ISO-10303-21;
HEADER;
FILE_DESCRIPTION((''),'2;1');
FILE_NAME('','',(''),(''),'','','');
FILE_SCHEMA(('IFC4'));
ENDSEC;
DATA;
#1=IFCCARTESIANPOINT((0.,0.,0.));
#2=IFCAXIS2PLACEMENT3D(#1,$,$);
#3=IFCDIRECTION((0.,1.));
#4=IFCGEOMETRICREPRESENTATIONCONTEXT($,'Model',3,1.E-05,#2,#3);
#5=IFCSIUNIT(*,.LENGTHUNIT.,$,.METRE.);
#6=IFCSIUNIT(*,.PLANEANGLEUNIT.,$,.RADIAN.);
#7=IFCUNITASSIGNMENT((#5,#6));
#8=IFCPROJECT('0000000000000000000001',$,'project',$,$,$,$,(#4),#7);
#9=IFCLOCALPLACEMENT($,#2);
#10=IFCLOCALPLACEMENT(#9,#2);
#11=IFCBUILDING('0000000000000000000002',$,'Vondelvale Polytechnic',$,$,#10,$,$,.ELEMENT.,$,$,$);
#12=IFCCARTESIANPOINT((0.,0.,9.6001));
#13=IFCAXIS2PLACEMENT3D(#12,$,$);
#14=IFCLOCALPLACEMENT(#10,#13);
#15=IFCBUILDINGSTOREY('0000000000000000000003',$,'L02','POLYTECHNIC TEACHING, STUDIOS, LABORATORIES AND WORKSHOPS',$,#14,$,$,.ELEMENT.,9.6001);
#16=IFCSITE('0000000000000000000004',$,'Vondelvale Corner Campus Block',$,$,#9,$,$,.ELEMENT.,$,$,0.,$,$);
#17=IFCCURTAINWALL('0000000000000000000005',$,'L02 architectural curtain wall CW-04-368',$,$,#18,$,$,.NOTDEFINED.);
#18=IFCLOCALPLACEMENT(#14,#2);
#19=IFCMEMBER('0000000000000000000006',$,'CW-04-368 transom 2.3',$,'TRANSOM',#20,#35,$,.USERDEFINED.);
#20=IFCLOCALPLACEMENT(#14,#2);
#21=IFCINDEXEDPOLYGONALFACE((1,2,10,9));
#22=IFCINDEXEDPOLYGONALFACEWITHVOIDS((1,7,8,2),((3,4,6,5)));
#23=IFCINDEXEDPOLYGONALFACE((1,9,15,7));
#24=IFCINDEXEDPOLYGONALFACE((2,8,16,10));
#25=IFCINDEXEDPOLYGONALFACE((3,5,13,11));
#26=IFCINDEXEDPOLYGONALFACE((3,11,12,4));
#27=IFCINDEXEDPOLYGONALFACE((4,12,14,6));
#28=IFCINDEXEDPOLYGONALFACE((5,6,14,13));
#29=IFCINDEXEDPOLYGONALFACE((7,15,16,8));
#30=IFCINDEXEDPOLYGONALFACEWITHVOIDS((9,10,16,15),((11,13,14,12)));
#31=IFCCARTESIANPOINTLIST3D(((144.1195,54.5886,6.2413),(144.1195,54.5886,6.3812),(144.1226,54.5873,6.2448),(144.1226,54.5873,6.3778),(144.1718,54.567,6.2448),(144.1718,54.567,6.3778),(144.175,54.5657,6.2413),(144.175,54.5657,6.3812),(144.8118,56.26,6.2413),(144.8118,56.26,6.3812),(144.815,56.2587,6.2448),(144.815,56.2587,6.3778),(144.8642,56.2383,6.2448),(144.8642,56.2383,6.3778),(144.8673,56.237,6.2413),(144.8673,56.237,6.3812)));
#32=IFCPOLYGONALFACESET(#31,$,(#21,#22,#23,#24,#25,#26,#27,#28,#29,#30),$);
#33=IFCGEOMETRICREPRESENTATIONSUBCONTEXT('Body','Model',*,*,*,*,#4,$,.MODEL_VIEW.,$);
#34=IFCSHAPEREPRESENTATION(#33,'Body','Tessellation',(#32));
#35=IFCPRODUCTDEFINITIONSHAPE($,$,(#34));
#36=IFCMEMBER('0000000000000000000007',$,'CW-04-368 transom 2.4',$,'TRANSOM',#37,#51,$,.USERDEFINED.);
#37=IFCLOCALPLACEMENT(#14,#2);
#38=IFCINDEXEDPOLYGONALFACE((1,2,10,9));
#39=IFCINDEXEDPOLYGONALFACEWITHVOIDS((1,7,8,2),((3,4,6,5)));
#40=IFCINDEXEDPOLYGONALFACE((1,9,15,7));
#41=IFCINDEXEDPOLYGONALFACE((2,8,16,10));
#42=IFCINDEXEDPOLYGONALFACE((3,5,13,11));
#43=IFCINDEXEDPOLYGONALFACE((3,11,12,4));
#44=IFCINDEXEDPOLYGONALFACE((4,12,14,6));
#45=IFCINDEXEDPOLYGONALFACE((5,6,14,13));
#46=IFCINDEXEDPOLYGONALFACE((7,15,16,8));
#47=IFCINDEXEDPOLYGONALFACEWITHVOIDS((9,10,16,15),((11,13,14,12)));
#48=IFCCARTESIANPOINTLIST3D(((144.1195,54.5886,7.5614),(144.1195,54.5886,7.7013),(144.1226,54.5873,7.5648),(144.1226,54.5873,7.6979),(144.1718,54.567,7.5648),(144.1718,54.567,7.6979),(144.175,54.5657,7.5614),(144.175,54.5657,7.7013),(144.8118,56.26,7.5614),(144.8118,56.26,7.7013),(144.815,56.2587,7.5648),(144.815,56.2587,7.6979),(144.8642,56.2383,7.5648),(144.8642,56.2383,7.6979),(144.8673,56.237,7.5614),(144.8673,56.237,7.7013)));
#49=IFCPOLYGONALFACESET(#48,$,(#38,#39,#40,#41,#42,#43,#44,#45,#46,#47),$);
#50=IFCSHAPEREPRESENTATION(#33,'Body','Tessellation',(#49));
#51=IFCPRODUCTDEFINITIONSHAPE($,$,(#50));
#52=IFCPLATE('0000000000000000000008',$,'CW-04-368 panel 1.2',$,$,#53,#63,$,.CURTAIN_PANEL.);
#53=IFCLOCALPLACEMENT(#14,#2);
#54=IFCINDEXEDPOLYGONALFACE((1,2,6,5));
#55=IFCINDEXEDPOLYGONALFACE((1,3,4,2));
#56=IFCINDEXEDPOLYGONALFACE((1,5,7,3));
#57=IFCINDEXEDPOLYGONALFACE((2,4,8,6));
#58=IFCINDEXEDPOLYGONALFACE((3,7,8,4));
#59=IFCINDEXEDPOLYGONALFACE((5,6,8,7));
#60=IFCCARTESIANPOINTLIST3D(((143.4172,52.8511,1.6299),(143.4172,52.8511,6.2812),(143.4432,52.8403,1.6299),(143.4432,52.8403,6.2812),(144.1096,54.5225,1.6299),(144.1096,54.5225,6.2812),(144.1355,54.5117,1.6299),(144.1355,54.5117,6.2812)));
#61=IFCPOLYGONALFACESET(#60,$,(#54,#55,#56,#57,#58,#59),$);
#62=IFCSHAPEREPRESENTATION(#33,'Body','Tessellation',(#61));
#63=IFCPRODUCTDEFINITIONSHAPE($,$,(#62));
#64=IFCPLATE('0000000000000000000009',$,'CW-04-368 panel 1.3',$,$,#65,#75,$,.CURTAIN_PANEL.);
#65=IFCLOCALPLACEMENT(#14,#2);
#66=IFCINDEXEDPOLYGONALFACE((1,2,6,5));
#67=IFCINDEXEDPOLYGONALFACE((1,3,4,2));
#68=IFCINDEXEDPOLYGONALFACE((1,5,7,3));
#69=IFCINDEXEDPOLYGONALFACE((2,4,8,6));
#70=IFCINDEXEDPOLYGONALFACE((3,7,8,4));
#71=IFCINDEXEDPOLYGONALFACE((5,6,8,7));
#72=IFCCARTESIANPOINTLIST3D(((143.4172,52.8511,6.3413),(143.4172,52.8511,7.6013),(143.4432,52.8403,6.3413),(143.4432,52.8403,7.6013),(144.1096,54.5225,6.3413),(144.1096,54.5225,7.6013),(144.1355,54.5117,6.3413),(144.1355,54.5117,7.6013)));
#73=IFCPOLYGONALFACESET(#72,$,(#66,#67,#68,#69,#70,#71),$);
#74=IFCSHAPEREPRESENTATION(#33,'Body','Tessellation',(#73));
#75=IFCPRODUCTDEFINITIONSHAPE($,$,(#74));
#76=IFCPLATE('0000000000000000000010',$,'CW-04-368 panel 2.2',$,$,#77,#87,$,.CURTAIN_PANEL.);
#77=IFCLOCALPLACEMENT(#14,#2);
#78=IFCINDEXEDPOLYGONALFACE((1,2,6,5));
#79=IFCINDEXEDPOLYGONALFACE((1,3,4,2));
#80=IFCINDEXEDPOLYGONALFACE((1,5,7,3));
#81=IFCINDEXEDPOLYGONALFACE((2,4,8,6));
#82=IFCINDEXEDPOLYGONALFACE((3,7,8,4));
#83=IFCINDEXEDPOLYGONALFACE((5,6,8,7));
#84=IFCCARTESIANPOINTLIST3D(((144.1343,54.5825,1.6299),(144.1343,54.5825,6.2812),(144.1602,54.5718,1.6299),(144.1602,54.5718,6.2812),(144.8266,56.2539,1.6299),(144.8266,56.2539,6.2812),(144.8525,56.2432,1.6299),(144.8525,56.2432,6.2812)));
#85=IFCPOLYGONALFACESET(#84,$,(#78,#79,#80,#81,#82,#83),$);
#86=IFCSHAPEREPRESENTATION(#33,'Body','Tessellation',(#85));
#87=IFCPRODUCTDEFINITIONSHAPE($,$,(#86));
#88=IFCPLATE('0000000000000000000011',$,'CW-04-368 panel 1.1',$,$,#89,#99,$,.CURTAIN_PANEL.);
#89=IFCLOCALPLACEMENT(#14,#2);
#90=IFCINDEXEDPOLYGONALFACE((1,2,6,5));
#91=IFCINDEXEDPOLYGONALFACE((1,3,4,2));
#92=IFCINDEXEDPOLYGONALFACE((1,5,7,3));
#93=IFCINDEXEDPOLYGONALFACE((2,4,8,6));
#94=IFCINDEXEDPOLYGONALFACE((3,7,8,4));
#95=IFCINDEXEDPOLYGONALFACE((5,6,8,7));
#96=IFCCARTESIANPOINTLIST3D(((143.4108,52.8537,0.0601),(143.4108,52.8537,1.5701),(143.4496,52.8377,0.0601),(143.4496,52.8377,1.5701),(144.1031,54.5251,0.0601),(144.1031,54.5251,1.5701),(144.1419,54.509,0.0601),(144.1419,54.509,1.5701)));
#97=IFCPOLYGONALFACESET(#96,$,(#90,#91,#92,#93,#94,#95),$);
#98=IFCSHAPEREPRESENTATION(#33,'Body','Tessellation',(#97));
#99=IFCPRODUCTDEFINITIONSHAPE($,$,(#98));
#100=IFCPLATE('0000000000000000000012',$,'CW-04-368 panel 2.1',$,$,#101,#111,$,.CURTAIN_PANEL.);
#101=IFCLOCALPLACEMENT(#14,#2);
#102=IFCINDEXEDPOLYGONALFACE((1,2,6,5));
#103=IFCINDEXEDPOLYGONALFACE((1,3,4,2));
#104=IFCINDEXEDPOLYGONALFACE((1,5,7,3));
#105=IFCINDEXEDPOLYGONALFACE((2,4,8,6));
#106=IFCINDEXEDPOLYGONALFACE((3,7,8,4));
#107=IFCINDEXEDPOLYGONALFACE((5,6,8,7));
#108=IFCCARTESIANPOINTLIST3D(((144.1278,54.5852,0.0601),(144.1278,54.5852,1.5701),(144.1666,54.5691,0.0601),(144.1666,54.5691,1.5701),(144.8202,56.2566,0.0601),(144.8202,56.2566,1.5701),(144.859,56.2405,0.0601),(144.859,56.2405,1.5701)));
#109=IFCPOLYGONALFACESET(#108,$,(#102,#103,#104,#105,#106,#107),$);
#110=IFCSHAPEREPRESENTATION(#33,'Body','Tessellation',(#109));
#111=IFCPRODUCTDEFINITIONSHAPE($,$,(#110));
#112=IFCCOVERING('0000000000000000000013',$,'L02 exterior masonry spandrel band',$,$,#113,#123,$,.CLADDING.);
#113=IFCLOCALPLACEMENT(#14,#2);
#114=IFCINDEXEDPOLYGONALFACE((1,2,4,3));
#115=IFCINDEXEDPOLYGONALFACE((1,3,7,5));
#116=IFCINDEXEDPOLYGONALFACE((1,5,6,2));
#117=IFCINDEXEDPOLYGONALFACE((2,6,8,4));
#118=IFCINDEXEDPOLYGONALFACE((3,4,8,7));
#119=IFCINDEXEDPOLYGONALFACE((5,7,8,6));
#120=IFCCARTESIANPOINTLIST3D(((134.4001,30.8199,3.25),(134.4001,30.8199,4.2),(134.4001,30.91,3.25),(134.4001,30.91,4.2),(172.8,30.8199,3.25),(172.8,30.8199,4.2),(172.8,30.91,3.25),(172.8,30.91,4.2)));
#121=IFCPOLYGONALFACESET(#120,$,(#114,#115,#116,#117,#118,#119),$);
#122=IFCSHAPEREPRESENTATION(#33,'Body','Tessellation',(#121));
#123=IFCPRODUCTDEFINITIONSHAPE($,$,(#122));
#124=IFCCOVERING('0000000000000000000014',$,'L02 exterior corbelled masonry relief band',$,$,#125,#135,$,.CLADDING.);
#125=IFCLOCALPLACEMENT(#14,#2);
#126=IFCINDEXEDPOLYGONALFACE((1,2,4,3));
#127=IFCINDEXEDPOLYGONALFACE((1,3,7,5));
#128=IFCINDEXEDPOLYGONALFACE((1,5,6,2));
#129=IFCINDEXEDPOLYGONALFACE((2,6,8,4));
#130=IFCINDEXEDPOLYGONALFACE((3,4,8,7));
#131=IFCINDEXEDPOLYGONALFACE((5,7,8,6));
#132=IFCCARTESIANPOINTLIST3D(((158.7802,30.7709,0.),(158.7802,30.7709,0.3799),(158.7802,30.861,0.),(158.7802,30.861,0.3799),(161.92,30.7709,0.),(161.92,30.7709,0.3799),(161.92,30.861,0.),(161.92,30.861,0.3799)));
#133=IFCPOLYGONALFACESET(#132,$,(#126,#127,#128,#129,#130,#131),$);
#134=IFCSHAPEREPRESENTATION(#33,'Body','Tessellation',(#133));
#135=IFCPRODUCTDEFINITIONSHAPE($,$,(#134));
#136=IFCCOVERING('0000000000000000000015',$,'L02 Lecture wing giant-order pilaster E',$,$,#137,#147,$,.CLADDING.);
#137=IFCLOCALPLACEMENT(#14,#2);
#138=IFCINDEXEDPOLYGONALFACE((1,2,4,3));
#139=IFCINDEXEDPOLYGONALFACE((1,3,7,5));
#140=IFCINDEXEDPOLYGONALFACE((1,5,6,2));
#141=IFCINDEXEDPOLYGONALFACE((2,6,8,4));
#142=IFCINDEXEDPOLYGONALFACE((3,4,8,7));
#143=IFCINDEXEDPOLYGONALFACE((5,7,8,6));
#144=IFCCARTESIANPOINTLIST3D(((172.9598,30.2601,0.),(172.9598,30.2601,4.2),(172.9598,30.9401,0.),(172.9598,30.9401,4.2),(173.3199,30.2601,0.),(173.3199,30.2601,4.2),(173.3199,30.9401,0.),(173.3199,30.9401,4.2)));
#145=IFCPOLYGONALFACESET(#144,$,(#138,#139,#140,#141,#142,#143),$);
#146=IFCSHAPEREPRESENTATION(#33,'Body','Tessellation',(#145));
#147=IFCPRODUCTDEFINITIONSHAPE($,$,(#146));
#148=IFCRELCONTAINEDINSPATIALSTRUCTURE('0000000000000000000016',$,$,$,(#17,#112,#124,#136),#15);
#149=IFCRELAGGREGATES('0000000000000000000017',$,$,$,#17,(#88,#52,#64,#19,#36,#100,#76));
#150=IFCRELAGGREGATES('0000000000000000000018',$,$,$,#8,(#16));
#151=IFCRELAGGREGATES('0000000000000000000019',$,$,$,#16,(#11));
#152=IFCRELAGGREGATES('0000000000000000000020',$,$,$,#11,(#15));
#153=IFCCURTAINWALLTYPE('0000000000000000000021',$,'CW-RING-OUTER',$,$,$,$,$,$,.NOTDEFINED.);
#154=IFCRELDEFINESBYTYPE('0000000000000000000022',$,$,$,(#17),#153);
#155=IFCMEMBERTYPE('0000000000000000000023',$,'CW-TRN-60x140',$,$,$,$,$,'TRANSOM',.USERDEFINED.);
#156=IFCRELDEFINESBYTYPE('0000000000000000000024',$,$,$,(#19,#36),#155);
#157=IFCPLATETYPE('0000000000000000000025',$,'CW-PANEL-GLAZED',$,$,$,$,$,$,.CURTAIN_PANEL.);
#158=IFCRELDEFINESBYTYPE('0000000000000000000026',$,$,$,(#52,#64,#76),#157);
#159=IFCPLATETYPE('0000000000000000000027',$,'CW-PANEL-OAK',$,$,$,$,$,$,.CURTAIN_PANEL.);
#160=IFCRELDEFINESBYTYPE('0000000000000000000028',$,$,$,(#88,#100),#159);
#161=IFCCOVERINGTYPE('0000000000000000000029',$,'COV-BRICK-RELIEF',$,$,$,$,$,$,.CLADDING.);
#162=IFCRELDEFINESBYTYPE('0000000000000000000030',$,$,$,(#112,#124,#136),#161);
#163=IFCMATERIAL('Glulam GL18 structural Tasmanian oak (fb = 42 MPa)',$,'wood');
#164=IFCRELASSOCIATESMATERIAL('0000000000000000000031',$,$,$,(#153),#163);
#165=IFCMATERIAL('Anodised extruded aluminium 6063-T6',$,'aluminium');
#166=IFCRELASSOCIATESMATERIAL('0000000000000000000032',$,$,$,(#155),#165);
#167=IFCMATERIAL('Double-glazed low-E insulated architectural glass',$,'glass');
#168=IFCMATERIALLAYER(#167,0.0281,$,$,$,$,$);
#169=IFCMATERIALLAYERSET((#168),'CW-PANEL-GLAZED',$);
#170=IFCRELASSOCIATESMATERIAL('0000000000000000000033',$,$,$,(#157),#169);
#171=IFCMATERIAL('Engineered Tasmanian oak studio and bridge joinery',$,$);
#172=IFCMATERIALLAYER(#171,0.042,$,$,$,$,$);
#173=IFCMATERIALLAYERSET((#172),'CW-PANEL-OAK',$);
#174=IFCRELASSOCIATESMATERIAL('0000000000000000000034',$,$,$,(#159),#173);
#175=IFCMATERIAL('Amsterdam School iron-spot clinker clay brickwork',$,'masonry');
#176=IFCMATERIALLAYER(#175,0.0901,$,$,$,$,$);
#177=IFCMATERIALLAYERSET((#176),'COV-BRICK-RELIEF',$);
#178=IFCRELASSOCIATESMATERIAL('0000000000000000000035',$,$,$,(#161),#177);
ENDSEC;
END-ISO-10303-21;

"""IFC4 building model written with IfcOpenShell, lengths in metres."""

from ifc_helpers import new_model, si_unit, direction, frame, origin, origin_2d, place, context, subcontext, project, spatial, rectangle, hollow_rectangle, extrude, material, layer, layer_set, material_profile, profile_set, type_object, element, aggregate, save


model = new_model("IFC4")

# Units and contexts
model_context = context("Model", 3, precision=1e-05, world=origin(), true_north=direction((0.0, 1.0)))
body_context = subcontext(model_context, "Body", "Model", "MODEL_VIEW")
ifc_project = project(units=[si_unit("LENGTHUNIT", "METRE"), si_unit("PLANEANGLEUNIT", "RADIAN")], contexts=[model_context])

# Site, building, storey
site_placement = place(None, origin())
site = spatial("IfcSite", under=ifc_project, at=site_placement, Name="Vondelvale Corner Campus Block", CompositionType="ELEMENT", RefElevation=0.0)
building_placement = place(site_placement, origin())
building = spatial("IfcBuilding", under=site, at=building_placement, Name="Vondelvale Polytechnic", CompositionType="ELEMENT")
storey_placement = place(building_placement, frame((0.0, 0.0, 9.6001)))
storey = spatial("IfcBuildingStorey", under=building, at=storey_placement, Name="L02", Description="POLYTECHNIC TEACHING, STUDIOS, LABORATORIES AND WORKSHOPS", CompositionType="ELEMENT", Elevation=9.6001)

# Shared definitions
ifc_material_1 = material(Name="Anodised extruded aluminium 6063-T6", Category="aluminium")

# Curtain wall, members, plates
ifc_material_2 = material(Name="Glulam GL18 structural Tasmanian oak (fb = 42 MPa)", Category="wood")
curtain_wall_type_1 = type_object("IfcCurtainWallType", Name="CW-RING-OUTER", PredefinedType="NOTDEFINED", material=ifc_material_2)
curtain_wall_1_placement = place(storey_placement, origin())
curtain_wall_1 = element("IfcCurtainWall", 1, at=curtain_wall_1_placement, inside=storey, type_object=curtain_wall_type_1, Name="L02 architectural curtain wall CW-04-368", PredefinedType="NOTDEFINED")
ifc_material_profile_1 = material_profile(ifc_material_1, hollow_rectangle(XDim=0.0601, YDim=0.1399, WallThickness=0.0034, at=origin_2d()), Name="CW-TRN-140x60")
ifc_profile_set_1 = profile_set([ifc_material_profile_1], Name="Anodised extruded aluminium 6063-T6")
member_type_1 = type_object("IfcMemberType", Name="CW-TRN-60x140", ElementType="TRANSOM", PredefinedType="USERDEFINED", material=ifc_profile_set_1)
member_1_placement = place(storey_placement, frame((144.1472, 54.5771, 6.3113), z_axis=(0.382717, 0.923866, 0.0), x_axis=(-0.923866, 0.382717, 0.0)))
member_1 = element("IfcMember", 2, at=member_1_placement, type_object=member_type_1, Name="CW-04-368 transom 2.3", ObjectType="TRANSOM", PredefinedType="USERDEFINED", context=body_context, shape_type="SweptSolid", body=[
    extrude(hollow_rectangle(XDim=0.0601, YDim=0.1399, WallThickness=0.0034, at=origin_2d()), origin(), (0.0, 0.0, 1.0), 1.8091),
])
member_2_placement = place(storey_placement, frame((144.1472, 54.5771, 7.6313), z_axis=(0.382717, 0.923866, 0.0), x_axis=(-0.923866, 0.382717, 0.0)))
member_2 = element("IfcMember", 3, at=member_2_placement, type_object=member_type_1, Name="CW-04-368 transom 2.4", ObjectType="TRANSOM", PredefinedType="USERDEFINED", context=body_context, shape_type="SweptSolid", body=[
    extrude(hollow_rectangle(XDim=0.0601, YDim=0.1399, WallThickness=0.0034, at=origin_2d()), origin(), (0.0, 0.0, 1.0), 1.8091),
])
ifc_material_3 = material(Name="Double-glazed low-E insulated architectural glass", Category="glass")
ifc_layer_1 = layer(ifc_material_3, 0.0281)
ifc_layer_set_1 = layer_set([ifc_layer_1], Name="CW-PANEL-GLAZED")
plate_type_1 = type_object("IfcPlateType", Name="CW-PANEL-GLAZED", PredefinedType="CURTAIN_PANEL", material=ifc_layer_set_1)
plate_1_placement = place(storey_placement, frame((143.7764, 53.6814, 1.6299), z_axis=(0.0, 0.0, 1.0), x_axis=(0.382695, 0.923875, 0.0)))
plate_1 = element("IfcPlate", 4, at=plate_1_placement, type_object=plate_type_1, Name="CW-04-368 panel 1.2", PredefinedType="CURTAIN_PANEL", context=body_context, shape_type="SweptSolid", body=[
    extrude(rectangle(XDim=1.8091, YDim=0.0281, at=origin_2d()), origin(), (0.0, 0.0, 1.0), 4.6514),
])
plate_2_placement = place(storey_placement, frame((143.7764, 53.6814, 6.3413), z_axis=(0.0, 0.0, 1.0), x_axis=(0.382695, 0.923875, 0.0)))
plate_2 = element("IfcPlate", 5, at=plate_2_placement, type_object=plate_type_1, Name="CW-04-368 panel 1.3", PredefinedType="CURTAIN_PANEL", context=body_context, shape_type="SweptSolid", body=[
    extrude(rectangle(XDim=1.8091, YDim=0.0281, at=origin_2d()), origin(), (0.0, 0.0, 1.0), 1.26),
])
plate_3_placement = place(storey_placement, frame((144.4934, 55.4128, 1.6299), z_axis=(0.0, 0.0, 1.0), x_axis=(0.382695, 0.923875, 0.0)))
plate_3 = element("IfcPlate", 6, at=plate_3_placement, type_object=plate_type_1, Name="CW-04-368 panel 2.2", PredefinedType="CURTAIN_PANEL", context=body_context, shape_type="SweptSolid", body=[
    extrude(rectangle(XDim=1.8091, YDim=0.0281, at=origin_2d()), origin(), (0.0, 0.0, 1.0), 4.6514),
])
ifc_material_4 = material(Name="Engineered Tasmanian oak studio and bridge joinery")
ifc_layer_2 = layer(ifc_material_4, 0.042)
ifc_layer_set_2 = layer_set([ifc_layer_2], Name="CW-PANEL-OAK")
plate_type_2 = type_object("IfcPlateType", Name="CW-PANEL-OAK", PredefinedType="CURTAIN_PANEL", material=ifc_layer_set_2)
plate_4_placement = place(storey_placement, frame((143.7764, 53.6814, 0.0601), z_axis=(0.0, 0.0, 1.0), x_axis=(0.382695, 0.923875, 0.0)))
plate_4 = element("IfcPlate", 7, at=plate_4_placement, type_object=plate_type_2, Name="CW-04-368 panel 1.1", PredefinedType="CURTAIN_PANEL", context=body_context, shape_type="SweptSolid", body=[
    extrude(rectangle(XDim=1.8091, YDim=0.042, at=origin_2d()), origin(), (0.0, 0.0, 1.0), 1.51),
])
plate_5_placement = place(storey_placement, frame((144.4934, 55.4128, 0.0601), z_axis=(0.0, 0.0, 1.0), x_axis=(0.382695, 0.923875, 0.0)))
plate_5 = element("IfcPlate", 8, at=plate_5_placement, type_object=plate_type_2, Name="CW-04-368 panel 2.1", PredefinedType="CURTAIN_PANEL", context=body_context, shape_type="SweptSolid", body=[
    extrude(rectangle(XDim=1.8091, YDim=0.042, at=origin_2d()), origin(), (0.0, 0.0, 1.0), 1.51),
])
aggregate(curtain_wall_1, [plate_4, plate_1, plate_2, member_1, member_2, plate_5, plate_3])

# Coverings
ifc_material_5 = material(Name="Amsterdam School iron-spot clinker clay brickwork", Category="masonry")
ifc_layer_3 = layer(ifc_material_5, 0.0901)
ifc_layer_set_3 = layer_set([ifc_layer_3], Name="COV-BRICK-RELIEF")
covering_type = type_object("IfcCoveringType", Name="COV-BRICK-RELIEF", PredefinedType="CLADDING", material=ifc_layer_set_3)
covering_1_placement = place(storey_placement, frame((153.6001, 30.865, 3.25), z_axis=(0.0, 0.0, 1.0), x_axis=(1.0, 0.0, 0.0)))
element("IfcCovering", 9, at=covering_1_placement, inside=storey, type_object=covering_type, Name="L02 exterior masonry spandrel band", PredefinedType="CLADDING", context=body_context, shape_type="SweptSolid", body=[
    extrude(rectangle(XDim=38.3999, YDim=0.0901, at=origin_2d()), origin(), (0.0, 0.0, 1.0), 0.95),
])
covering_2_placement = place(storey_placement, frame((160.3501, 30.8159, 0.0), z_axis=(0.0, 0.0, 1.0), x_axis=(1.0, 0.0, 0.0)))
element("IfcCovering", 10, at=covering_2_placement, inside=storey, type_object=covering_type, Name="L02 exterior corbelled masonry relief band", PredefinedType="CLADDING", context=body_context, shape_type="SweptSolid", body=[
    extrude(rectangle(XDim=3.1399, YDim=0.0901, at=origin_2d()), origin(), (0.0, 0.0, 1.0), 0.3799),
])
covering_3_placement = place(storey_placement, frame((173.1399, 30.6001, 0.0), z_axis=(0.0, 0.0, 1.0), x_axis=(1.0, 0.0, 0.0)))
element("IfcCovering", 11, at=covering_3_placement, inside=storey, type_object=covering_type, Name="L02 Lecture wing giant-order pilaster E", PredefinedType="CLADDING", context=body_context, shape_type="SweptSolid", body=[
    extrude(rectangle(XDim=0.3601, YDim=0.6799, at=origin_2d()), origin(), (0.0, 0.0, 1.0), 4.2),
])

save(model, "model.ifc")
